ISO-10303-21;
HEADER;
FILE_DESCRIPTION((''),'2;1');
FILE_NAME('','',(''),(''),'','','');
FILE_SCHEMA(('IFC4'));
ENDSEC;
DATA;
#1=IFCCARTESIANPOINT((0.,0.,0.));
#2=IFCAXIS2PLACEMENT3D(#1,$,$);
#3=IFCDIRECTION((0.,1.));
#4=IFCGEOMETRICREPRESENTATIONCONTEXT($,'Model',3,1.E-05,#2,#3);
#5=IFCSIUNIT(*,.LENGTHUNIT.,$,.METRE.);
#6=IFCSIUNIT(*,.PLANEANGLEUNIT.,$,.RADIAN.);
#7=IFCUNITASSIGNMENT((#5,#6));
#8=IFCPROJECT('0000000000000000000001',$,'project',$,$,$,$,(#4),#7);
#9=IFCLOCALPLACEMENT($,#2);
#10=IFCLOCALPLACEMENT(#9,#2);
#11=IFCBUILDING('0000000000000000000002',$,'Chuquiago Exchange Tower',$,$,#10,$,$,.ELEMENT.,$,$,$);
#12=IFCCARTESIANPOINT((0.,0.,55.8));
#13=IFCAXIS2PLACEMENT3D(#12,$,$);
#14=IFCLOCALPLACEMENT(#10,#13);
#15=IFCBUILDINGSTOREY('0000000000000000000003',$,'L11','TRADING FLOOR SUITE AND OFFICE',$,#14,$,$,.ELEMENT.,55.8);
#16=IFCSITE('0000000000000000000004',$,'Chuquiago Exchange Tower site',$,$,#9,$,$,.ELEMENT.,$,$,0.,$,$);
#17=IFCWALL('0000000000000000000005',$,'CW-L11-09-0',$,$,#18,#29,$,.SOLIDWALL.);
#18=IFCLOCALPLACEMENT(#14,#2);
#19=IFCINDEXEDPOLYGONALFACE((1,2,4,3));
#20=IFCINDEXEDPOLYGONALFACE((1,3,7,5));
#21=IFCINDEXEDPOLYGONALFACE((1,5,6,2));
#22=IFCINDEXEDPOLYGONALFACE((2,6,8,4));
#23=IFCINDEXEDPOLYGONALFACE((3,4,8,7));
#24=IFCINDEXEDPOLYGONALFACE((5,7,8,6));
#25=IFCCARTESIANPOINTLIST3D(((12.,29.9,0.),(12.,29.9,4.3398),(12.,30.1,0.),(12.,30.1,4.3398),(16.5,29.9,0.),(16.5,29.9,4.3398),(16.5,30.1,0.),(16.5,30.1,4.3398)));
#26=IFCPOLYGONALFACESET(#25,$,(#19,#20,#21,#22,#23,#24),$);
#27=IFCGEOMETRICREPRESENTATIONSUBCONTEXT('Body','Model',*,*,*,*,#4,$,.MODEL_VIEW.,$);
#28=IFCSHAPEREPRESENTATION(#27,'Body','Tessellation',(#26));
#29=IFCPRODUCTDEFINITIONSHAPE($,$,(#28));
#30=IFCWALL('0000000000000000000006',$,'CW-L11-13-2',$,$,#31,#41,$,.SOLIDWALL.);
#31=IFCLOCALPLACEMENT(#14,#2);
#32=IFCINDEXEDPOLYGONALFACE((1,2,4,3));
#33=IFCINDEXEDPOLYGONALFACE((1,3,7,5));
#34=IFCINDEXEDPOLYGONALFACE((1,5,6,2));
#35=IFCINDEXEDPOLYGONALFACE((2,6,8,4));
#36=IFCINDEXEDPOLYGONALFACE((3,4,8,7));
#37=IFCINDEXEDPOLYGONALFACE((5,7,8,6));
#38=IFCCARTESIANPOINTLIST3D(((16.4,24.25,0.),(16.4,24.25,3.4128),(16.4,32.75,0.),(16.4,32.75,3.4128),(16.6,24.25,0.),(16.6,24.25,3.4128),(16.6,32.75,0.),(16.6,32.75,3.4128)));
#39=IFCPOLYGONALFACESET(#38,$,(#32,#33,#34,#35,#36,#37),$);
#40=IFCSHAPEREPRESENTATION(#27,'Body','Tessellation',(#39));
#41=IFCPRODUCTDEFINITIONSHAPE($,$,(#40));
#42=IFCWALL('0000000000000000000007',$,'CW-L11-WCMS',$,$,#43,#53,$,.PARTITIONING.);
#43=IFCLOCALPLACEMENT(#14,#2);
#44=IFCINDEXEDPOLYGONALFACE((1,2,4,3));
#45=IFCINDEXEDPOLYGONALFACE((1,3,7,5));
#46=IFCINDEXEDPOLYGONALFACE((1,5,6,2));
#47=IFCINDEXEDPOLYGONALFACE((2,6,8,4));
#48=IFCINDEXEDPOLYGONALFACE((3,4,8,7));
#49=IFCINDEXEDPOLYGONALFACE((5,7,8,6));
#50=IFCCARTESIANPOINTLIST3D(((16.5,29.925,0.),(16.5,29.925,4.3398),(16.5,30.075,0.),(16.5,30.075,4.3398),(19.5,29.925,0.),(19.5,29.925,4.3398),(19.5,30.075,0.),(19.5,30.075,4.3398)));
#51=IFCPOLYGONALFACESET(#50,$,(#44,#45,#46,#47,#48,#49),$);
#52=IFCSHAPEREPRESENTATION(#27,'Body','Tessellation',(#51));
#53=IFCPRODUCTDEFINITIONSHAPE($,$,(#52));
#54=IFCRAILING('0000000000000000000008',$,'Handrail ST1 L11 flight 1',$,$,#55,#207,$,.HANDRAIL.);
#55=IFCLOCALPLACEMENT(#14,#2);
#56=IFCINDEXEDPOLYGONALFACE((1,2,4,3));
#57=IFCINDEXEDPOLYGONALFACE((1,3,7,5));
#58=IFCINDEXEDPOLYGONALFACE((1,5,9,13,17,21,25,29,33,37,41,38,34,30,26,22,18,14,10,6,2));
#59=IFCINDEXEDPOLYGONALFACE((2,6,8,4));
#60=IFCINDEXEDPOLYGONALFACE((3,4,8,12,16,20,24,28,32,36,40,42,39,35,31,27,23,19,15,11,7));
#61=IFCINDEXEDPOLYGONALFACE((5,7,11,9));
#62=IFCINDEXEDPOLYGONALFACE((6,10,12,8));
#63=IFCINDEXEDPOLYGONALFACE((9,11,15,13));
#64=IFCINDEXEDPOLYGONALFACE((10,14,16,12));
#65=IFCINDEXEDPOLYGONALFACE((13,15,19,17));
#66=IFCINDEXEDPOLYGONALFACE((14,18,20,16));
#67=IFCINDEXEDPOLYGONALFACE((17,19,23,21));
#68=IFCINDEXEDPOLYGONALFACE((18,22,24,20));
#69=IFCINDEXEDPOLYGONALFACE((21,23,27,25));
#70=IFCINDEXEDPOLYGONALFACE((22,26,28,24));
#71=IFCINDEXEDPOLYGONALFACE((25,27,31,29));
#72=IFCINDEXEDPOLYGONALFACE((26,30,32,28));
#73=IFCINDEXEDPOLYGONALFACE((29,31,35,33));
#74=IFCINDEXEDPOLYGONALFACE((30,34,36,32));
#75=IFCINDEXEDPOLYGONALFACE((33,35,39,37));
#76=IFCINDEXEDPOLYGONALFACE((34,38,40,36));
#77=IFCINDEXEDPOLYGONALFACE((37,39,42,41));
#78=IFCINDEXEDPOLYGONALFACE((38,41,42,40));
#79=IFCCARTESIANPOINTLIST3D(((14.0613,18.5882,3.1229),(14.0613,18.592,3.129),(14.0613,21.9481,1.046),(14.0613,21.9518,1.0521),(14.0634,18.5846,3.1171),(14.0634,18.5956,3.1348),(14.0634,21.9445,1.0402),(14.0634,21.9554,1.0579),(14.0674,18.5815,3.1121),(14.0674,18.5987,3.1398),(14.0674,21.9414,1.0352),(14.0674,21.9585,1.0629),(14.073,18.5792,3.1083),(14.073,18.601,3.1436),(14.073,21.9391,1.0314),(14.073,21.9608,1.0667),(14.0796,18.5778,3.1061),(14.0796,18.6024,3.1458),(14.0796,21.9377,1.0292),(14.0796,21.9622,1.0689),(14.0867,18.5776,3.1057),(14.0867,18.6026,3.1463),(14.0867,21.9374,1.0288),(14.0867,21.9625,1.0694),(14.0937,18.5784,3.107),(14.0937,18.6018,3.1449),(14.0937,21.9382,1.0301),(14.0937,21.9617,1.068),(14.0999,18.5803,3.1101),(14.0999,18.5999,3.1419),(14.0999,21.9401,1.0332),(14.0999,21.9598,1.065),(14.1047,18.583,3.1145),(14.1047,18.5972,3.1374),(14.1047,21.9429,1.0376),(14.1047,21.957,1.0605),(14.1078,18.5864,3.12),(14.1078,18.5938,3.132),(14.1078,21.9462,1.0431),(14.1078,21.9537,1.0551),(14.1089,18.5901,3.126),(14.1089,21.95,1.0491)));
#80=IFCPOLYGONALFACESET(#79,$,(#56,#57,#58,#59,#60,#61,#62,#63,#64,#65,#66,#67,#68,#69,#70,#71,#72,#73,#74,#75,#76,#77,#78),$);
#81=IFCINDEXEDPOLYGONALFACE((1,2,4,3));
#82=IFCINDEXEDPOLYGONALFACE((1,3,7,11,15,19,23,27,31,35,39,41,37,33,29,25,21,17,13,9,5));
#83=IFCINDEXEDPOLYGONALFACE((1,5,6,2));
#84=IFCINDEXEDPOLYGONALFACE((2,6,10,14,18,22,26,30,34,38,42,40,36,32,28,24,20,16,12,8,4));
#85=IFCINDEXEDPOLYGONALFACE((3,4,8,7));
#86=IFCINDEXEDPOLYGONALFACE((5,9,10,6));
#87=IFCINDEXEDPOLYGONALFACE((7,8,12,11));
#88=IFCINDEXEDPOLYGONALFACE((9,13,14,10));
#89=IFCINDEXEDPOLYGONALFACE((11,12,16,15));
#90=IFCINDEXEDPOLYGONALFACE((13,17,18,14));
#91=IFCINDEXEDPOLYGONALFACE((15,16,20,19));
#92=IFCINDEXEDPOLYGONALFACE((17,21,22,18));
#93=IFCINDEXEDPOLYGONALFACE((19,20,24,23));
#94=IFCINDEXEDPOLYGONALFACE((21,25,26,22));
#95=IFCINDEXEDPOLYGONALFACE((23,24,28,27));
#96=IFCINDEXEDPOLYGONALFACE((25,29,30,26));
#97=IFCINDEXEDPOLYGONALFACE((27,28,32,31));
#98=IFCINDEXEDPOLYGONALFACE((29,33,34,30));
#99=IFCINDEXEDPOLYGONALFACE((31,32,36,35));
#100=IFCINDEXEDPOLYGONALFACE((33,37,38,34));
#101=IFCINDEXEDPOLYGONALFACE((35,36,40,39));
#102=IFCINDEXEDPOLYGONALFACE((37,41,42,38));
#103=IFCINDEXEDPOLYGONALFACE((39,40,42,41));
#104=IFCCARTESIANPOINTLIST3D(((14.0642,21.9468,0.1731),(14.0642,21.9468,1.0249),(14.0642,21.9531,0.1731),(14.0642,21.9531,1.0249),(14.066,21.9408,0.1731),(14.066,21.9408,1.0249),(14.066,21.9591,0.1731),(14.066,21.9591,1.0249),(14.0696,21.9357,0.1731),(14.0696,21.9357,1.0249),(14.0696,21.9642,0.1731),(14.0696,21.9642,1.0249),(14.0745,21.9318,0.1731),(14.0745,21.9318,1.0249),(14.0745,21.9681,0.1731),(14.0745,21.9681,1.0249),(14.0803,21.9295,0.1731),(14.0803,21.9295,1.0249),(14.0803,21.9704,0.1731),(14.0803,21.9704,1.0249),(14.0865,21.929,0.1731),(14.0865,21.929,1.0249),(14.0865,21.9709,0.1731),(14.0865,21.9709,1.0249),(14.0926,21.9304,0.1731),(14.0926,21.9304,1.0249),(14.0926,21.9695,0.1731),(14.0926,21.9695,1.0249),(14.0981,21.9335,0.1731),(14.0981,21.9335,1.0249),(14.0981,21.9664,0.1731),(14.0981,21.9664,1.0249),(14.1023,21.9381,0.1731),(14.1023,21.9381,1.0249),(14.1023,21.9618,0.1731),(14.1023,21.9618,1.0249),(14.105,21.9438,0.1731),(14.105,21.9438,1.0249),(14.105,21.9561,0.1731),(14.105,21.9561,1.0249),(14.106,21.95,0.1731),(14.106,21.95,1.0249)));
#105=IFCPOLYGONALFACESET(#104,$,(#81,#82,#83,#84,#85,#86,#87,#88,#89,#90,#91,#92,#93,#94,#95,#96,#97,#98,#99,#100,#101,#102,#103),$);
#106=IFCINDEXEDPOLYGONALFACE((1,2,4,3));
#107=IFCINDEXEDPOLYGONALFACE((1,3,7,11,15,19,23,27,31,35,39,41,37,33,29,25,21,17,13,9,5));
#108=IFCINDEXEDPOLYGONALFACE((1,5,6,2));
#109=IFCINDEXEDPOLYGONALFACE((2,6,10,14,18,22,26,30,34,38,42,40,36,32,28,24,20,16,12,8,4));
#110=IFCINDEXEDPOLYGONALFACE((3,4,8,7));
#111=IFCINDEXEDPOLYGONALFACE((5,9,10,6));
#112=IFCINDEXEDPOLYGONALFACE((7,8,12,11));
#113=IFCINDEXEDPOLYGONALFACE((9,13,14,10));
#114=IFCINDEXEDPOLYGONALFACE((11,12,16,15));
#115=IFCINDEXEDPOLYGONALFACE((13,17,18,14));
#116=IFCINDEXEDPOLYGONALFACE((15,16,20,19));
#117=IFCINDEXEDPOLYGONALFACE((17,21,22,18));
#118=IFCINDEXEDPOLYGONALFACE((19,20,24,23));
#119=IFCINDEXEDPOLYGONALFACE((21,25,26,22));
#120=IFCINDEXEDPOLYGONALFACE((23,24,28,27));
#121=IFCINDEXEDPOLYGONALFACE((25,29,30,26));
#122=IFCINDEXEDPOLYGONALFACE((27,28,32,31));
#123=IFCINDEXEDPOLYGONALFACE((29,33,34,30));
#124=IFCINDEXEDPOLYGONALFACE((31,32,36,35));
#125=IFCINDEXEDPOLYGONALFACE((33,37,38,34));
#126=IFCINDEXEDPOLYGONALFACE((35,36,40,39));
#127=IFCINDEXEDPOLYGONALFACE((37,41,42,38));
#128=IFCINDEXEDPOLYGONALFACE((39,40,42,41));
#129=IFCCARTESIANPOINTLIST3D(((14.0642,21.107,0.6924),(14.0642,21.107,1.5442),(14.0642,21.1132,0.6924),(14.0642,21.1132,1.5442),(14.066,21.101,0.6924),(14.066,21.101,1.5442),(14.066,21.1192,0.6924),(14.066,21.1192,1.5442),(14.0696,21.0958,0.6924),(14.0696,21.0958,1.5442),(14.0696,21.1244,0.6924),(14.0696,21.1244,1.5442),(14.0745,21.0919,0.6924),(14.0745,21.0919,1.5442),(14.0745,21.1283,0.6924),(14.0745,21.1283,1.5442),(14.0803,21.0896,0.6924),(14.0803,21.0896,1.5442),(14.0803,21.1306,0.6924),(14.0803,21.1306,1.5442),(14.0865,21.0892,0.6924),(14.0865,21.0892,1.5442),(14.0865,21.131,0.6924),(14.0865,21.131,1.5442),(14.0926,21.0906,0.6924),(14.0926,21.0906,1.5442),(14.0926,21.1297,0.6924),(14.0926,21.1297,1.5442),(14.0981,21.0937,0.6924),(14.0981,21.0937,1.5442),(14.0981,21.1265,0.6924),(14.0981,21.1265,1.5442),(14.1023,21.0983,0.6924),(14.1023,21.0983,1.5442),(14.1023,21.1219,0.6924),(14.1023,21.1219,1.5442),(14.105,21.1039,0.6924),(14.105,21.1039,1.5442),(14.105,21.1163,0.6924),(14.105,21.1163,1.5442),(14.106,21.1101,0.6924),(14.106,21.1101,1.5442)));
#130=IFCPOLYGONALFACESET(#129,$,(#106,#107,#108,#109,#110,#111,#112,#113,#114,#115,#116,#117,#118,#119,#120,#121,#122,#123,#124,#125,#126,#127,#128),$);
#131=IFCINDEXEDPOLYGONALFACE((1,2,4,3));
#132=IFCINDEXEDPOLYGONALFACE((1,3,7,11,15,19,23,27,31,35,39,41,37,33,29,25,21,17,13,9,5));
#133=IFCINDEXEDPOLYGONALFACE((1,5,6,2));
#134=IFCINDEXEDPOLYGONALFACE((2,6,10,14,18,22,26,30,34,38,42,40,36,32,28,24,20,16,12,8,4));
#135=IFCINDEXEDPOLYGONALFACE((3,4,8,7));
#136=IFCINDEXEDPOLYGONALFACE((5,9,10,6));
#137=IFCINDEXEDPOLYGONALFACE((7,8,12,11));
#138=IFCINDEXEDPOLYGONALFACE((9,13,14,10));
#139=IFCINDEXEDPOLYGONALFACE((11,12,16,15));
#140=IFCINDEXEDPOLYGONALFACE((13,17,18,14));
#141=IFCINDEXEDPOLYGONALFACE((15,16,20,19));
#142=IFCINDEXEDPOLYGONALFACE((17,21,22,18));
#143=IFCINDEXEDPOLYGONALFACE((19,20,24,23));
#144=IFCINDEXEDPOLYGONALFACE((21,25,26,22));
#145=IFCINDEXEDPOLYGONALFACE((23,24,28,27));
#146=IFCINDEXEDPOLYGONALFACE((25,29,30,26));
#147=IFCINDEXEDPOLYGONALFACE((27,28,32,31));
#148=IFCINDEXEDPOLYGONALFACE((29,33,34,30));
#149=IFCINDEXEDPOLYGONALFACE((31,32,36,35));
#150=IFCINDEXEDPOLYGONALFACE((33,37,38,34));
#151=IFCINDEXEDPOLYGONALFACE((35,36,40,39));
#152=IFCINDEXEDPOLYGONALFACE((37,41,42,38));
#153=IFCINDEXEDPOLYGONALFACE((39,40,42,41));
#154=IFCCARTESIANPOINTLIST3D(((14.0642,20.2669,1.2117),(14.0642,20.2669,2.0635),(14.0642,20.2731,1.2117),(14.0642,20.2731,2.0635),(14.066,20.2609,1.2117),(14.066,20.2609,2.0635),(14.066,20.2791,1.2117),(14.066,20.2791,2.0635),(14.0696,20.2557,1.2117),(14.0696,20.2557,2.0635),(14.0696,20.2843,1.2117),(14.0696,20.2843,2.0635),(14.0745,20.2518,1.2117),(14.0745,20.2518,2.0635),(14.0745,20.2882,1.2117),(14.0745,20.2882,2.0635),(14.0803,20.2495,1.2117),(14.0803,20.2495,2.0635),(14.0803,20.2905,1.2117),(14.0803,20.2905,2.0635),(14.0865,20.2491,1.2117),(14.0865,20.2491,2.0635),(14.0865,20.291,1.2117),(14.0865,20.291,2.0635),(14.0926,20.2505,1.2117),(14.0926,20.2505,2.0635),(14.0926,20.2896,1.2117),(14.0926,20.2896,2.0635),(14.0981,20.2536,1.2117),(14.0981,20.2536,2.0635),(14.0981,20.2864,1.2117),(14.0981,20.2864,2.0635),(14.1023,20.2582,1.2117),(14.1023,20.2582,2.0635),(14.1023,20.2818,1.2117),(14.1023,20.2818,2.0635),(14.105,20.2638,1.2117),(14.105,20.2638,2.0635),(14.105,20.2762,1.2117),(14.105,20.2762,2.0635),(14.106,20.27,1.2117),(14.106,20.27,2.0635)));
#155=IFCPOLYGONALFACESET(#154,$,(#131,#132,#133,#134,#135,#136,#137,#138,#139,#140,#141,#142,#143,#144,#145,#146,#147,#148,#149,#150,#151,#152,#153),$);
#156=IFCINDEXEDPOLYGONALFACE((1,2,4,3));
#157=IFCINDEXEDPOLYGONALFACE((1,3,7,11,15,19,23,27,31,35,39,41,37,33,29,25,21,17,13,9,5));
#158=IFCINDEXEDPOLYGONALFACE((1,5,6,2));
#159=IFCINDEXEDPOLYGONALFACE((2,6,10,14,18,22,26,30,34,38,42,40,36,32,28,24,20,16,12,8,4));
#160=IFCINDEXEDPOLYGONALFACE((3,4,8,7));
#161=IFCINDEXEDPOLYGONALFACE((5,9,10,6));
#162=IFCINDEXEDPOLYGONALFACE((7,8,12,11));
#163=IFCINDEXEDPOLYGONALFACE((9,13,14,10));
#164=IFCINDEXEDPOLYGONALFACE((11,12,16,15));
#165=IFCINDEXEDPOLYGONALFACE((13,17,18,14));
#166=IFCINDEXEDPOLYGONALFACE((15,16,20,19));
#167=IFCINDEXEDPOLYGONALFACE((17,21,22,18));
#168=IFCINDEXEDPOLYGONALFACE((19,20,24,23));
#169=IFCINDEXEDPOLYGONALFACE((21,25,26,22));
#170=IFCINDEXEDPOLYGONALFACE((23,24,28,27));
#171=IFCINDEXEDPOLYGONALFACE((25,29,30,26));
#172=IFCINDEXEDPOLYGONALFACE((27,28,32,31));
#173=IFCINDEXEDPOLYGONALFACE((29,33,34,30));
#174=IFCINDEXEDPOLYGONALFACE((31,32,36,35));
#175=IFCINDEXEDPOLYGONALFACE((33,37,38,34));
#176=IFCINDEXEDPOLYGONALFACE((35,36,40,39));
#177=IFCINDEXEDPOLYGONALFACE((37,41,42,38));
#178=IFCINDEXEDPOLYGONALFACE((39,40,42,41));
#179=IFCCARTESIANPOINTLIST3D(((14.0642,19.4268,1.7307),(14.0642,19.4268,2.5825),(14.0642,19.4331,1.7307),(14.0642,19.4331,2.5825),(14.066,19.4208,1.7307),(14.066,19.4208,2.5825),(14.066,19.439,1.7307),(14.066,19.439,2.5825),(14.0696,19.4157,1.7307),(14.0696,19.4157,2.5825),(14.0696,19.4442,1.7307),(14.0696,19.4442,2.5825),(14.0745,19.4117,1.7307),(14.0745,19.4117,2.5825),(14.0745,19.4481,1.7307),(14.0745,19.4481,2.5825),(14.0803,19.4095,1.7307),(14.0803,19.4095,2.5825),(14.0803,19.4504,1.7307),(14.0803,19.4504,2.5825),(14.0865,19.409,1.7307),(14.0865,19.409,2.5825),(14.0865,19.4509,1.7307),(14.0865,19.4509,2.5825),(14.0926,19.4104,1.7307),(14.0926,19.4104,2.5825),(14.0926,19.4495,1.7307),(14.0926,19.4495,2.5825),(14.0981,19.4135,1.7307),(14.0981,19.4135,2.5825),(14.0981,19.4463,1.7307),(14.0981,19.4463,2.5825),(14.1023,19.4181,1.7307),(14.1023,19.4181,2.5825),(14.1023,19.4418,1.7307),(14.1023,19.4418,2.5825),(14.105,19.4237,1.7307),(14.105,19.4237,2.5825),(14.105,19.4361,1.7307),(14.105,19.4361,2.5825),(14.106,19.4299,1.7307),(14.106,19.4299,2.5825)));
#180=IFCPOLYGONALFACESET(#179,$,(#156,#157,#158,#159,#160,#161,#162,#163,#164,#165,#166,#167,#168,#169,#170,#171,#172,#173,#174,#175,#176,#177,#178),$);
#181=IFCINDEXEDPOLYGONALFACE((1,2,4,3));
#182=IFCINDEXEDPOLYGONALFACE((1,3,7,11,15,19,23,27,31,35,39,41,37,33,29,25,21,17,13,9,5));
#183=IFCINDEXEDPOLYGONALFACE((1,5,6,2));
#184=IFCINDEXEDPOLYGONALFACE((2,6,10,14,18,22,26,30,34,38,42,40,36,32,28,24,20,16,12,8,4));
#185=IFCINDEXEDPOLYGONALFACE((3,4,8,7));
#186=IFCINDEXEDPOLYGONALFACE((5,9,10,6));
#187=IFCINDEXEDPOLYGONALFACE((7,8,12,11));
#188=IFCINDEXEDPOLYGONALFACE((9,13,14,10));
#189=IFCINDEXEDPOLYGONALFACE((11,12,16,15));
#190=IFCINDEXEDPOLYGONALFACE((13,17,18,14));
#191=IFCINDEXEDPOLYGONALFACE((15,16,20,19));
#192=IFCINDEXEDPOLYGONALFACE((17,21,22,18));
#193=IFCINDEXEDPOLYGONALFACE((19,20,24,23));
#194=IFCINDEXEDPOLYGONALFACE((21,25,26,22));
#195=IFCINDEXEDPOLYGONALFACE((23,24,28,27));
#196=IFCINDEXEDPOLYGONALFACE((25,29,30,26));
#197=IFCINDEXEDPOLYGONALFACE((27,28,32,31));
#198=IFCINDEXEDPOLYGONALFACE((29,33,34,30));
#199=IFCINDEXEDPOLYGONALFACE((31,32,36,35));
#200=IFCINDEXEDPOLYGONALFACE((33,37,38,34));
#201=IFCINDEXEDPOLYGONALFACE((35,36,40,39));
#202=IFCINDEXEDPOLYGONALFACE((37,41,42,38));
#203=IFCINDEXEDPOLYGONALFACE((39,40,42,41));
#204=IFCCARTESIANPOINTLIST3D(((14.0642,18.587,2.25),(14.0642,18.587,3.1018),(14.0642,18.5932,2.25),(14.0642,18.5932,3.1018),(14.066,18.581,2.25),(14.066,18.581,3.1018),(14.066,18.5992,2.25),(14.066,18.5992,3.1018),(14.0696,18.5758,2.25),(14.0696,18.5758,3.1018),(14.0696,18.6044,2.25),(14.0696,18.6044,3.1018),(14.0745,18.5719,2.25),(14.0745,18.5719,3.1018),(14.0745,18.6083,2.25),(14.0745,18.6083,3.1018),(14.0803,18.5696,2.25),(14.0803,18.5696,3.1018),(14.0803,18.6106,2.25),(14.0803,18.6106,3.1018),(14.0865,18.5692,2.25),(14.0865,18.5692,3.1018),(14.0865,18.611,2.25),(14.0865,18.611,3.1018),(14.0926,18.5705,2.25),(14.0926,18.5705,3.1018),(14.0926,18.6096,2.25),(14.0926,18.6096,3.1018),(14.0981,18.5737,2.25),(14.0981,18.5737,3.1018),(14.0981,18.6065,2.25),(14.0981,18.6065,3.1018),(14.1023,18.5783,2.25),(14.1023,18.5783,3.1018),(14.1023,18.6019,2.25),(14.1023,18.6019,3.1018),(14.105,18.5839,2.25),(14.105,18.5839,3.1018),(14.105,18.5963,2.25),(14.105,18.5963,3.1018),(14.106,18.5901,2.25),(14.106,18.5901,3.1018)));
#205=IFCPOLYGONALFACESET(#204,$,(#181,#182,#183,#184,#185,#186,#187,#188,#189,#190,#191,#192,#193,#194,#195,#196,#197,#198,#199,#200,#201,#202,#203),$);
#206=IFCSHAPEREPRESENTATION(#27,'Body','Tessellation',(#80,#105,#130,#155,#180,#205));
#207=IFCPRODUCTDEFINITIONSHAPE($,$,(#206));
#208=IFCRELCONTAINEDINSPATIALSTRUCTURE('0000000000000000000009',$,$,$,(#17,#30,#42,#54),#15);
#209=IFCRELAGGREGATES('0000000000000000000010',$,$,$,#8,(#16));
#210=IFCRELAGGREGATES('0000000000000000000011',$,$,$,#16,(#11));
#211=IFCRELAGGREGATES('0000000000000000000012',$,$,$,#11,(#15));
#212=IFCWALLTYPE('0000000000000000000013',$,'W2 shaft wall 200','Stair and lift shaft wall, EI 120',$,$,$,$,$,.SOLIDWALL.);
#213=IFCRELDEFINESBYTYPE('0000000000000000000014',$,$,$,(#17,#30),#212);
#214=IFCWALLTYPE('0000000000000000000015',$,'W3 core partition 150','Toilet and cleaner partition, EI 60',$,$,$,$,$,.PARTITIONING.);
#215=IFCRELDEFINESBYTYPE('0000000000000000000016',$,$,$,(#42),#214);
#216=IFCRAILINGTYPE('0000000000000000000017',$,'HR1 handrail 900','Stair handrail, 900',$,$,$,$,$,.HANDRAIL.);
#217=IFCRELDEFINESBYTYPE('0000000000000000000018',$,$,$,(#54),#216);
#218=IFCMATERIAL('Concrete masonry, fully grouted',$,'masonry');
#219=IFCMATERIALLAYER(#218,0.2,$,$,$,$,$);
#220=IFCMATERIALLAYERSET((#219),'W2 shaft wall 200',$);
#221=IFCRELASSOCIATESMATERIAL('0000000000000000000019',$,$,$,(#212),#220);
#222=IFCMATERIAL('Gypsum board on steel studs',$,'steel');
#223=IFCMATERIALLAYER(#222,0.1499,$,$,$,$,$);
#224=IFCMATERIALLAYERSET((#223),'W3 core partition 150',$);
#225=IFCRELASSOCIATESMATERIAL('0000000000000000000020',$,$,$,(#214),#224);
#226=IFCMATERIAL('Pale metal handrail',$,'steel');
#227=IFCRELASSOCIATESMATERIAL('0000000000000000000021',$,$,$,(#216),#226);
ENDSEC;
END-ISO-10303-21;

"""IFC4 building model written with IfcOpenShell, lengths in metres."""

from ifc_helpers import new_model, si_unit, direction, frame, frame_2d, origin, origin_2d, place, context, subcontext, project, spatial, rectangle, circle, extrude, material, layer, layer_set, type_object, element, save


model = new_model("IFC4")

# Units and contexts
model_context = context("Model", 3, precision=1e-05, world=origin(), true_north=direction((0.0, 1.0)))
body_context = subcontext(model_context, "Body", "Model", "MODEL_VIEW")
ifc_project = project(units=[si_unit("LENGTHUNIT", "METRE"), si_unit("PLANEANGLEUNIT", "RADIAN")], contexts=[model_context])

# Site, building, storey
site_placement = place(None, origin())
site = spatial("IfcSite", under=ifc_project, at=site_placement, Name="Chuquiago Exchange Tower site", CompositionType="ELEMENT", RefElevation=0.0)
building_placement = place(site_placement, origin())
building = spatial("IfcBuilding", under=site, at=building_placement, Name="Chuquiago Exchange Tower", CompositionType="ELEMENT")
storey_placement = place(building_placement, frame((0.0, 0.0, 55.8)))
storey = spatial("IfcBuildingStorey", under=building, at=storey_placement, Name="L11", Description="TRADING FLOOR SUITE AND OFFICE", CompositionType="ELEMENT", Elevation=55.8)

# Shared definitions
ifc_material_1 = material(Name="Concrete masonry, fully grouted", Category="masonry")
ifc_layer_1 = layer(ifc_material_1, 0.2)
ifc_layer_set_1 = layer_set([ifc_layer_1], Name="W2 shaft wall 200")
wall_type_1 = type_object("IfcWallType", Name="W2 shaft wall 200", Description="Stair and lift shaft wall, EI 120", PredefinedType="SOLIDWALL", material=ifc_layer_set_1)

# Walls
wall_1_placement = place(storey_placement, frame((12.0, 30.0, 0.0), z_axis=(0.0, 0.0, 1.0), x_axis=(1.0, 0.0, 0.0)))
element("IfcWall", 1, at=wall_1_placement, inside=storey, type_object=wall_type_1, Name="CW-L11-09-0", PredefinedType="SOLIDWALL", context=body_context, shape_type="SweptSolid", body=[
    extrude(rectangle(XDim=4.5, YDim=0.2, at=frame_2d((2.25, 0.0))), origin(), (0.0, 0.0, 1.0), 4.3398),
])
wall_2_placement = place(storey_placement, frame((16.5, 24.25, 0.0), z_axis=(0.0, 0.0, 1.0), x_axis=(0.0, 1.0, 0.0)))
element("IfcWall", 2, at=wall_2_placement, inside=storey, type_object=wall_type_1, Name="CW-L11-13-2", PredefinedType="SOLIDWALL", context=body_context, shape_type="SweptSolid", body=[
    extrude(rectangle(XDim=8.5, YDim=0.2, at=frame_2d((4.25, 0.0))), origin(), (0.0, 0.0, 1.0), 3.4128),
])
ifc_material_2 = material(Name="Gypsum board on steel studs", Category="steel")
ifc_layer_2 = layer(ifc_material_2, 0.1499)
ifc_layer_set_2 = layer_set([ifc_layer_2], Name="W3 core partition 150")
wall_type_2 = type_object("IfcWallType", Name="W3 core partition 150", Description="Toilet and cleaner partition, EI 60", PredefinedType="PARTITIONING", material=ifc_layer_set_2)
wall_3_placement = place(storey_placement, frame((16.5, 30.0, 0.0), z_axis=(0.0, 0.0, 1.0), x_axis=(1.0, 0.0, 0.0)))
element("IfcWall", 3, at=wall_3_placement, inside=storey, type_object=wall_type_2, Name="CW-L11-WCMS", PredefinedType="PARTITIONING", context=body_context, shape_type="SweptSolid", body=[
    extrude(rectangle(XDim=3.0, YDim=0.1499, at=frame_2d((1.5, 0.0))), origin(), (0.0, 0.0, 1.0), 4.3398),
])

# Railing
ifc_material_3 = material(Name="Pale metal handrail", Category="steel")
railing_type = type_object("IfcRailingType", Name="HR1 handrail 900", Description="Stair handrail, 900", PredefinedType="HANDRAIL", material=ifc_material_3)
railing_placement = place(storey_placement, frame((14.085, 21.95, 0.1731)))
element("IfcRailing", 4, at=railing_placement, inside=storey, type_object=railing_type, Name="Handrail ST1 L11 flight 1", PredefinedType="HANDRAIL", context=body_context, shape_type="SweptSolid", body=[
    extrude(circle(Radius=0.0239, at=origin_2d()), frame((0.0, 0.0, 0.876), z_axis=(0.0, -0.850606, 0.525803), x_axis=(1.0, 0.0, 0.0)), (0.0, 0.0, 1.0), 3.95),
    extrude(circle(Radius=0.021, at=origin_2d()), origin(), (0.0, 0.0, 1.0), 0.8518),
    extrude(circle(Radius=0.021, at=origin_2d()), frame((0.0, -0.8398, 0.5193)), (0.0, 0.0, 1.0), 0.8518),
    extrude(circle(Radius=0.021, at=origin_2d()), frame((0.0, -1.6799, 1.0386)), (0.0, 0.0, 1.0), 0.8518),
    extrude(circle(Radius=0.021, at=origin_2d()), frame((0.0, -2.52, 1.5576)), (0.0, 0.0, 1.0), 0.8518),
    extrude(circle(Radius=0.021, at=origin_2d()), frame((0.0, -3.3599, 2.0769)), (0.0, 0.0, 1.0), 0.8518),
])

save(model, "model.ifc")
